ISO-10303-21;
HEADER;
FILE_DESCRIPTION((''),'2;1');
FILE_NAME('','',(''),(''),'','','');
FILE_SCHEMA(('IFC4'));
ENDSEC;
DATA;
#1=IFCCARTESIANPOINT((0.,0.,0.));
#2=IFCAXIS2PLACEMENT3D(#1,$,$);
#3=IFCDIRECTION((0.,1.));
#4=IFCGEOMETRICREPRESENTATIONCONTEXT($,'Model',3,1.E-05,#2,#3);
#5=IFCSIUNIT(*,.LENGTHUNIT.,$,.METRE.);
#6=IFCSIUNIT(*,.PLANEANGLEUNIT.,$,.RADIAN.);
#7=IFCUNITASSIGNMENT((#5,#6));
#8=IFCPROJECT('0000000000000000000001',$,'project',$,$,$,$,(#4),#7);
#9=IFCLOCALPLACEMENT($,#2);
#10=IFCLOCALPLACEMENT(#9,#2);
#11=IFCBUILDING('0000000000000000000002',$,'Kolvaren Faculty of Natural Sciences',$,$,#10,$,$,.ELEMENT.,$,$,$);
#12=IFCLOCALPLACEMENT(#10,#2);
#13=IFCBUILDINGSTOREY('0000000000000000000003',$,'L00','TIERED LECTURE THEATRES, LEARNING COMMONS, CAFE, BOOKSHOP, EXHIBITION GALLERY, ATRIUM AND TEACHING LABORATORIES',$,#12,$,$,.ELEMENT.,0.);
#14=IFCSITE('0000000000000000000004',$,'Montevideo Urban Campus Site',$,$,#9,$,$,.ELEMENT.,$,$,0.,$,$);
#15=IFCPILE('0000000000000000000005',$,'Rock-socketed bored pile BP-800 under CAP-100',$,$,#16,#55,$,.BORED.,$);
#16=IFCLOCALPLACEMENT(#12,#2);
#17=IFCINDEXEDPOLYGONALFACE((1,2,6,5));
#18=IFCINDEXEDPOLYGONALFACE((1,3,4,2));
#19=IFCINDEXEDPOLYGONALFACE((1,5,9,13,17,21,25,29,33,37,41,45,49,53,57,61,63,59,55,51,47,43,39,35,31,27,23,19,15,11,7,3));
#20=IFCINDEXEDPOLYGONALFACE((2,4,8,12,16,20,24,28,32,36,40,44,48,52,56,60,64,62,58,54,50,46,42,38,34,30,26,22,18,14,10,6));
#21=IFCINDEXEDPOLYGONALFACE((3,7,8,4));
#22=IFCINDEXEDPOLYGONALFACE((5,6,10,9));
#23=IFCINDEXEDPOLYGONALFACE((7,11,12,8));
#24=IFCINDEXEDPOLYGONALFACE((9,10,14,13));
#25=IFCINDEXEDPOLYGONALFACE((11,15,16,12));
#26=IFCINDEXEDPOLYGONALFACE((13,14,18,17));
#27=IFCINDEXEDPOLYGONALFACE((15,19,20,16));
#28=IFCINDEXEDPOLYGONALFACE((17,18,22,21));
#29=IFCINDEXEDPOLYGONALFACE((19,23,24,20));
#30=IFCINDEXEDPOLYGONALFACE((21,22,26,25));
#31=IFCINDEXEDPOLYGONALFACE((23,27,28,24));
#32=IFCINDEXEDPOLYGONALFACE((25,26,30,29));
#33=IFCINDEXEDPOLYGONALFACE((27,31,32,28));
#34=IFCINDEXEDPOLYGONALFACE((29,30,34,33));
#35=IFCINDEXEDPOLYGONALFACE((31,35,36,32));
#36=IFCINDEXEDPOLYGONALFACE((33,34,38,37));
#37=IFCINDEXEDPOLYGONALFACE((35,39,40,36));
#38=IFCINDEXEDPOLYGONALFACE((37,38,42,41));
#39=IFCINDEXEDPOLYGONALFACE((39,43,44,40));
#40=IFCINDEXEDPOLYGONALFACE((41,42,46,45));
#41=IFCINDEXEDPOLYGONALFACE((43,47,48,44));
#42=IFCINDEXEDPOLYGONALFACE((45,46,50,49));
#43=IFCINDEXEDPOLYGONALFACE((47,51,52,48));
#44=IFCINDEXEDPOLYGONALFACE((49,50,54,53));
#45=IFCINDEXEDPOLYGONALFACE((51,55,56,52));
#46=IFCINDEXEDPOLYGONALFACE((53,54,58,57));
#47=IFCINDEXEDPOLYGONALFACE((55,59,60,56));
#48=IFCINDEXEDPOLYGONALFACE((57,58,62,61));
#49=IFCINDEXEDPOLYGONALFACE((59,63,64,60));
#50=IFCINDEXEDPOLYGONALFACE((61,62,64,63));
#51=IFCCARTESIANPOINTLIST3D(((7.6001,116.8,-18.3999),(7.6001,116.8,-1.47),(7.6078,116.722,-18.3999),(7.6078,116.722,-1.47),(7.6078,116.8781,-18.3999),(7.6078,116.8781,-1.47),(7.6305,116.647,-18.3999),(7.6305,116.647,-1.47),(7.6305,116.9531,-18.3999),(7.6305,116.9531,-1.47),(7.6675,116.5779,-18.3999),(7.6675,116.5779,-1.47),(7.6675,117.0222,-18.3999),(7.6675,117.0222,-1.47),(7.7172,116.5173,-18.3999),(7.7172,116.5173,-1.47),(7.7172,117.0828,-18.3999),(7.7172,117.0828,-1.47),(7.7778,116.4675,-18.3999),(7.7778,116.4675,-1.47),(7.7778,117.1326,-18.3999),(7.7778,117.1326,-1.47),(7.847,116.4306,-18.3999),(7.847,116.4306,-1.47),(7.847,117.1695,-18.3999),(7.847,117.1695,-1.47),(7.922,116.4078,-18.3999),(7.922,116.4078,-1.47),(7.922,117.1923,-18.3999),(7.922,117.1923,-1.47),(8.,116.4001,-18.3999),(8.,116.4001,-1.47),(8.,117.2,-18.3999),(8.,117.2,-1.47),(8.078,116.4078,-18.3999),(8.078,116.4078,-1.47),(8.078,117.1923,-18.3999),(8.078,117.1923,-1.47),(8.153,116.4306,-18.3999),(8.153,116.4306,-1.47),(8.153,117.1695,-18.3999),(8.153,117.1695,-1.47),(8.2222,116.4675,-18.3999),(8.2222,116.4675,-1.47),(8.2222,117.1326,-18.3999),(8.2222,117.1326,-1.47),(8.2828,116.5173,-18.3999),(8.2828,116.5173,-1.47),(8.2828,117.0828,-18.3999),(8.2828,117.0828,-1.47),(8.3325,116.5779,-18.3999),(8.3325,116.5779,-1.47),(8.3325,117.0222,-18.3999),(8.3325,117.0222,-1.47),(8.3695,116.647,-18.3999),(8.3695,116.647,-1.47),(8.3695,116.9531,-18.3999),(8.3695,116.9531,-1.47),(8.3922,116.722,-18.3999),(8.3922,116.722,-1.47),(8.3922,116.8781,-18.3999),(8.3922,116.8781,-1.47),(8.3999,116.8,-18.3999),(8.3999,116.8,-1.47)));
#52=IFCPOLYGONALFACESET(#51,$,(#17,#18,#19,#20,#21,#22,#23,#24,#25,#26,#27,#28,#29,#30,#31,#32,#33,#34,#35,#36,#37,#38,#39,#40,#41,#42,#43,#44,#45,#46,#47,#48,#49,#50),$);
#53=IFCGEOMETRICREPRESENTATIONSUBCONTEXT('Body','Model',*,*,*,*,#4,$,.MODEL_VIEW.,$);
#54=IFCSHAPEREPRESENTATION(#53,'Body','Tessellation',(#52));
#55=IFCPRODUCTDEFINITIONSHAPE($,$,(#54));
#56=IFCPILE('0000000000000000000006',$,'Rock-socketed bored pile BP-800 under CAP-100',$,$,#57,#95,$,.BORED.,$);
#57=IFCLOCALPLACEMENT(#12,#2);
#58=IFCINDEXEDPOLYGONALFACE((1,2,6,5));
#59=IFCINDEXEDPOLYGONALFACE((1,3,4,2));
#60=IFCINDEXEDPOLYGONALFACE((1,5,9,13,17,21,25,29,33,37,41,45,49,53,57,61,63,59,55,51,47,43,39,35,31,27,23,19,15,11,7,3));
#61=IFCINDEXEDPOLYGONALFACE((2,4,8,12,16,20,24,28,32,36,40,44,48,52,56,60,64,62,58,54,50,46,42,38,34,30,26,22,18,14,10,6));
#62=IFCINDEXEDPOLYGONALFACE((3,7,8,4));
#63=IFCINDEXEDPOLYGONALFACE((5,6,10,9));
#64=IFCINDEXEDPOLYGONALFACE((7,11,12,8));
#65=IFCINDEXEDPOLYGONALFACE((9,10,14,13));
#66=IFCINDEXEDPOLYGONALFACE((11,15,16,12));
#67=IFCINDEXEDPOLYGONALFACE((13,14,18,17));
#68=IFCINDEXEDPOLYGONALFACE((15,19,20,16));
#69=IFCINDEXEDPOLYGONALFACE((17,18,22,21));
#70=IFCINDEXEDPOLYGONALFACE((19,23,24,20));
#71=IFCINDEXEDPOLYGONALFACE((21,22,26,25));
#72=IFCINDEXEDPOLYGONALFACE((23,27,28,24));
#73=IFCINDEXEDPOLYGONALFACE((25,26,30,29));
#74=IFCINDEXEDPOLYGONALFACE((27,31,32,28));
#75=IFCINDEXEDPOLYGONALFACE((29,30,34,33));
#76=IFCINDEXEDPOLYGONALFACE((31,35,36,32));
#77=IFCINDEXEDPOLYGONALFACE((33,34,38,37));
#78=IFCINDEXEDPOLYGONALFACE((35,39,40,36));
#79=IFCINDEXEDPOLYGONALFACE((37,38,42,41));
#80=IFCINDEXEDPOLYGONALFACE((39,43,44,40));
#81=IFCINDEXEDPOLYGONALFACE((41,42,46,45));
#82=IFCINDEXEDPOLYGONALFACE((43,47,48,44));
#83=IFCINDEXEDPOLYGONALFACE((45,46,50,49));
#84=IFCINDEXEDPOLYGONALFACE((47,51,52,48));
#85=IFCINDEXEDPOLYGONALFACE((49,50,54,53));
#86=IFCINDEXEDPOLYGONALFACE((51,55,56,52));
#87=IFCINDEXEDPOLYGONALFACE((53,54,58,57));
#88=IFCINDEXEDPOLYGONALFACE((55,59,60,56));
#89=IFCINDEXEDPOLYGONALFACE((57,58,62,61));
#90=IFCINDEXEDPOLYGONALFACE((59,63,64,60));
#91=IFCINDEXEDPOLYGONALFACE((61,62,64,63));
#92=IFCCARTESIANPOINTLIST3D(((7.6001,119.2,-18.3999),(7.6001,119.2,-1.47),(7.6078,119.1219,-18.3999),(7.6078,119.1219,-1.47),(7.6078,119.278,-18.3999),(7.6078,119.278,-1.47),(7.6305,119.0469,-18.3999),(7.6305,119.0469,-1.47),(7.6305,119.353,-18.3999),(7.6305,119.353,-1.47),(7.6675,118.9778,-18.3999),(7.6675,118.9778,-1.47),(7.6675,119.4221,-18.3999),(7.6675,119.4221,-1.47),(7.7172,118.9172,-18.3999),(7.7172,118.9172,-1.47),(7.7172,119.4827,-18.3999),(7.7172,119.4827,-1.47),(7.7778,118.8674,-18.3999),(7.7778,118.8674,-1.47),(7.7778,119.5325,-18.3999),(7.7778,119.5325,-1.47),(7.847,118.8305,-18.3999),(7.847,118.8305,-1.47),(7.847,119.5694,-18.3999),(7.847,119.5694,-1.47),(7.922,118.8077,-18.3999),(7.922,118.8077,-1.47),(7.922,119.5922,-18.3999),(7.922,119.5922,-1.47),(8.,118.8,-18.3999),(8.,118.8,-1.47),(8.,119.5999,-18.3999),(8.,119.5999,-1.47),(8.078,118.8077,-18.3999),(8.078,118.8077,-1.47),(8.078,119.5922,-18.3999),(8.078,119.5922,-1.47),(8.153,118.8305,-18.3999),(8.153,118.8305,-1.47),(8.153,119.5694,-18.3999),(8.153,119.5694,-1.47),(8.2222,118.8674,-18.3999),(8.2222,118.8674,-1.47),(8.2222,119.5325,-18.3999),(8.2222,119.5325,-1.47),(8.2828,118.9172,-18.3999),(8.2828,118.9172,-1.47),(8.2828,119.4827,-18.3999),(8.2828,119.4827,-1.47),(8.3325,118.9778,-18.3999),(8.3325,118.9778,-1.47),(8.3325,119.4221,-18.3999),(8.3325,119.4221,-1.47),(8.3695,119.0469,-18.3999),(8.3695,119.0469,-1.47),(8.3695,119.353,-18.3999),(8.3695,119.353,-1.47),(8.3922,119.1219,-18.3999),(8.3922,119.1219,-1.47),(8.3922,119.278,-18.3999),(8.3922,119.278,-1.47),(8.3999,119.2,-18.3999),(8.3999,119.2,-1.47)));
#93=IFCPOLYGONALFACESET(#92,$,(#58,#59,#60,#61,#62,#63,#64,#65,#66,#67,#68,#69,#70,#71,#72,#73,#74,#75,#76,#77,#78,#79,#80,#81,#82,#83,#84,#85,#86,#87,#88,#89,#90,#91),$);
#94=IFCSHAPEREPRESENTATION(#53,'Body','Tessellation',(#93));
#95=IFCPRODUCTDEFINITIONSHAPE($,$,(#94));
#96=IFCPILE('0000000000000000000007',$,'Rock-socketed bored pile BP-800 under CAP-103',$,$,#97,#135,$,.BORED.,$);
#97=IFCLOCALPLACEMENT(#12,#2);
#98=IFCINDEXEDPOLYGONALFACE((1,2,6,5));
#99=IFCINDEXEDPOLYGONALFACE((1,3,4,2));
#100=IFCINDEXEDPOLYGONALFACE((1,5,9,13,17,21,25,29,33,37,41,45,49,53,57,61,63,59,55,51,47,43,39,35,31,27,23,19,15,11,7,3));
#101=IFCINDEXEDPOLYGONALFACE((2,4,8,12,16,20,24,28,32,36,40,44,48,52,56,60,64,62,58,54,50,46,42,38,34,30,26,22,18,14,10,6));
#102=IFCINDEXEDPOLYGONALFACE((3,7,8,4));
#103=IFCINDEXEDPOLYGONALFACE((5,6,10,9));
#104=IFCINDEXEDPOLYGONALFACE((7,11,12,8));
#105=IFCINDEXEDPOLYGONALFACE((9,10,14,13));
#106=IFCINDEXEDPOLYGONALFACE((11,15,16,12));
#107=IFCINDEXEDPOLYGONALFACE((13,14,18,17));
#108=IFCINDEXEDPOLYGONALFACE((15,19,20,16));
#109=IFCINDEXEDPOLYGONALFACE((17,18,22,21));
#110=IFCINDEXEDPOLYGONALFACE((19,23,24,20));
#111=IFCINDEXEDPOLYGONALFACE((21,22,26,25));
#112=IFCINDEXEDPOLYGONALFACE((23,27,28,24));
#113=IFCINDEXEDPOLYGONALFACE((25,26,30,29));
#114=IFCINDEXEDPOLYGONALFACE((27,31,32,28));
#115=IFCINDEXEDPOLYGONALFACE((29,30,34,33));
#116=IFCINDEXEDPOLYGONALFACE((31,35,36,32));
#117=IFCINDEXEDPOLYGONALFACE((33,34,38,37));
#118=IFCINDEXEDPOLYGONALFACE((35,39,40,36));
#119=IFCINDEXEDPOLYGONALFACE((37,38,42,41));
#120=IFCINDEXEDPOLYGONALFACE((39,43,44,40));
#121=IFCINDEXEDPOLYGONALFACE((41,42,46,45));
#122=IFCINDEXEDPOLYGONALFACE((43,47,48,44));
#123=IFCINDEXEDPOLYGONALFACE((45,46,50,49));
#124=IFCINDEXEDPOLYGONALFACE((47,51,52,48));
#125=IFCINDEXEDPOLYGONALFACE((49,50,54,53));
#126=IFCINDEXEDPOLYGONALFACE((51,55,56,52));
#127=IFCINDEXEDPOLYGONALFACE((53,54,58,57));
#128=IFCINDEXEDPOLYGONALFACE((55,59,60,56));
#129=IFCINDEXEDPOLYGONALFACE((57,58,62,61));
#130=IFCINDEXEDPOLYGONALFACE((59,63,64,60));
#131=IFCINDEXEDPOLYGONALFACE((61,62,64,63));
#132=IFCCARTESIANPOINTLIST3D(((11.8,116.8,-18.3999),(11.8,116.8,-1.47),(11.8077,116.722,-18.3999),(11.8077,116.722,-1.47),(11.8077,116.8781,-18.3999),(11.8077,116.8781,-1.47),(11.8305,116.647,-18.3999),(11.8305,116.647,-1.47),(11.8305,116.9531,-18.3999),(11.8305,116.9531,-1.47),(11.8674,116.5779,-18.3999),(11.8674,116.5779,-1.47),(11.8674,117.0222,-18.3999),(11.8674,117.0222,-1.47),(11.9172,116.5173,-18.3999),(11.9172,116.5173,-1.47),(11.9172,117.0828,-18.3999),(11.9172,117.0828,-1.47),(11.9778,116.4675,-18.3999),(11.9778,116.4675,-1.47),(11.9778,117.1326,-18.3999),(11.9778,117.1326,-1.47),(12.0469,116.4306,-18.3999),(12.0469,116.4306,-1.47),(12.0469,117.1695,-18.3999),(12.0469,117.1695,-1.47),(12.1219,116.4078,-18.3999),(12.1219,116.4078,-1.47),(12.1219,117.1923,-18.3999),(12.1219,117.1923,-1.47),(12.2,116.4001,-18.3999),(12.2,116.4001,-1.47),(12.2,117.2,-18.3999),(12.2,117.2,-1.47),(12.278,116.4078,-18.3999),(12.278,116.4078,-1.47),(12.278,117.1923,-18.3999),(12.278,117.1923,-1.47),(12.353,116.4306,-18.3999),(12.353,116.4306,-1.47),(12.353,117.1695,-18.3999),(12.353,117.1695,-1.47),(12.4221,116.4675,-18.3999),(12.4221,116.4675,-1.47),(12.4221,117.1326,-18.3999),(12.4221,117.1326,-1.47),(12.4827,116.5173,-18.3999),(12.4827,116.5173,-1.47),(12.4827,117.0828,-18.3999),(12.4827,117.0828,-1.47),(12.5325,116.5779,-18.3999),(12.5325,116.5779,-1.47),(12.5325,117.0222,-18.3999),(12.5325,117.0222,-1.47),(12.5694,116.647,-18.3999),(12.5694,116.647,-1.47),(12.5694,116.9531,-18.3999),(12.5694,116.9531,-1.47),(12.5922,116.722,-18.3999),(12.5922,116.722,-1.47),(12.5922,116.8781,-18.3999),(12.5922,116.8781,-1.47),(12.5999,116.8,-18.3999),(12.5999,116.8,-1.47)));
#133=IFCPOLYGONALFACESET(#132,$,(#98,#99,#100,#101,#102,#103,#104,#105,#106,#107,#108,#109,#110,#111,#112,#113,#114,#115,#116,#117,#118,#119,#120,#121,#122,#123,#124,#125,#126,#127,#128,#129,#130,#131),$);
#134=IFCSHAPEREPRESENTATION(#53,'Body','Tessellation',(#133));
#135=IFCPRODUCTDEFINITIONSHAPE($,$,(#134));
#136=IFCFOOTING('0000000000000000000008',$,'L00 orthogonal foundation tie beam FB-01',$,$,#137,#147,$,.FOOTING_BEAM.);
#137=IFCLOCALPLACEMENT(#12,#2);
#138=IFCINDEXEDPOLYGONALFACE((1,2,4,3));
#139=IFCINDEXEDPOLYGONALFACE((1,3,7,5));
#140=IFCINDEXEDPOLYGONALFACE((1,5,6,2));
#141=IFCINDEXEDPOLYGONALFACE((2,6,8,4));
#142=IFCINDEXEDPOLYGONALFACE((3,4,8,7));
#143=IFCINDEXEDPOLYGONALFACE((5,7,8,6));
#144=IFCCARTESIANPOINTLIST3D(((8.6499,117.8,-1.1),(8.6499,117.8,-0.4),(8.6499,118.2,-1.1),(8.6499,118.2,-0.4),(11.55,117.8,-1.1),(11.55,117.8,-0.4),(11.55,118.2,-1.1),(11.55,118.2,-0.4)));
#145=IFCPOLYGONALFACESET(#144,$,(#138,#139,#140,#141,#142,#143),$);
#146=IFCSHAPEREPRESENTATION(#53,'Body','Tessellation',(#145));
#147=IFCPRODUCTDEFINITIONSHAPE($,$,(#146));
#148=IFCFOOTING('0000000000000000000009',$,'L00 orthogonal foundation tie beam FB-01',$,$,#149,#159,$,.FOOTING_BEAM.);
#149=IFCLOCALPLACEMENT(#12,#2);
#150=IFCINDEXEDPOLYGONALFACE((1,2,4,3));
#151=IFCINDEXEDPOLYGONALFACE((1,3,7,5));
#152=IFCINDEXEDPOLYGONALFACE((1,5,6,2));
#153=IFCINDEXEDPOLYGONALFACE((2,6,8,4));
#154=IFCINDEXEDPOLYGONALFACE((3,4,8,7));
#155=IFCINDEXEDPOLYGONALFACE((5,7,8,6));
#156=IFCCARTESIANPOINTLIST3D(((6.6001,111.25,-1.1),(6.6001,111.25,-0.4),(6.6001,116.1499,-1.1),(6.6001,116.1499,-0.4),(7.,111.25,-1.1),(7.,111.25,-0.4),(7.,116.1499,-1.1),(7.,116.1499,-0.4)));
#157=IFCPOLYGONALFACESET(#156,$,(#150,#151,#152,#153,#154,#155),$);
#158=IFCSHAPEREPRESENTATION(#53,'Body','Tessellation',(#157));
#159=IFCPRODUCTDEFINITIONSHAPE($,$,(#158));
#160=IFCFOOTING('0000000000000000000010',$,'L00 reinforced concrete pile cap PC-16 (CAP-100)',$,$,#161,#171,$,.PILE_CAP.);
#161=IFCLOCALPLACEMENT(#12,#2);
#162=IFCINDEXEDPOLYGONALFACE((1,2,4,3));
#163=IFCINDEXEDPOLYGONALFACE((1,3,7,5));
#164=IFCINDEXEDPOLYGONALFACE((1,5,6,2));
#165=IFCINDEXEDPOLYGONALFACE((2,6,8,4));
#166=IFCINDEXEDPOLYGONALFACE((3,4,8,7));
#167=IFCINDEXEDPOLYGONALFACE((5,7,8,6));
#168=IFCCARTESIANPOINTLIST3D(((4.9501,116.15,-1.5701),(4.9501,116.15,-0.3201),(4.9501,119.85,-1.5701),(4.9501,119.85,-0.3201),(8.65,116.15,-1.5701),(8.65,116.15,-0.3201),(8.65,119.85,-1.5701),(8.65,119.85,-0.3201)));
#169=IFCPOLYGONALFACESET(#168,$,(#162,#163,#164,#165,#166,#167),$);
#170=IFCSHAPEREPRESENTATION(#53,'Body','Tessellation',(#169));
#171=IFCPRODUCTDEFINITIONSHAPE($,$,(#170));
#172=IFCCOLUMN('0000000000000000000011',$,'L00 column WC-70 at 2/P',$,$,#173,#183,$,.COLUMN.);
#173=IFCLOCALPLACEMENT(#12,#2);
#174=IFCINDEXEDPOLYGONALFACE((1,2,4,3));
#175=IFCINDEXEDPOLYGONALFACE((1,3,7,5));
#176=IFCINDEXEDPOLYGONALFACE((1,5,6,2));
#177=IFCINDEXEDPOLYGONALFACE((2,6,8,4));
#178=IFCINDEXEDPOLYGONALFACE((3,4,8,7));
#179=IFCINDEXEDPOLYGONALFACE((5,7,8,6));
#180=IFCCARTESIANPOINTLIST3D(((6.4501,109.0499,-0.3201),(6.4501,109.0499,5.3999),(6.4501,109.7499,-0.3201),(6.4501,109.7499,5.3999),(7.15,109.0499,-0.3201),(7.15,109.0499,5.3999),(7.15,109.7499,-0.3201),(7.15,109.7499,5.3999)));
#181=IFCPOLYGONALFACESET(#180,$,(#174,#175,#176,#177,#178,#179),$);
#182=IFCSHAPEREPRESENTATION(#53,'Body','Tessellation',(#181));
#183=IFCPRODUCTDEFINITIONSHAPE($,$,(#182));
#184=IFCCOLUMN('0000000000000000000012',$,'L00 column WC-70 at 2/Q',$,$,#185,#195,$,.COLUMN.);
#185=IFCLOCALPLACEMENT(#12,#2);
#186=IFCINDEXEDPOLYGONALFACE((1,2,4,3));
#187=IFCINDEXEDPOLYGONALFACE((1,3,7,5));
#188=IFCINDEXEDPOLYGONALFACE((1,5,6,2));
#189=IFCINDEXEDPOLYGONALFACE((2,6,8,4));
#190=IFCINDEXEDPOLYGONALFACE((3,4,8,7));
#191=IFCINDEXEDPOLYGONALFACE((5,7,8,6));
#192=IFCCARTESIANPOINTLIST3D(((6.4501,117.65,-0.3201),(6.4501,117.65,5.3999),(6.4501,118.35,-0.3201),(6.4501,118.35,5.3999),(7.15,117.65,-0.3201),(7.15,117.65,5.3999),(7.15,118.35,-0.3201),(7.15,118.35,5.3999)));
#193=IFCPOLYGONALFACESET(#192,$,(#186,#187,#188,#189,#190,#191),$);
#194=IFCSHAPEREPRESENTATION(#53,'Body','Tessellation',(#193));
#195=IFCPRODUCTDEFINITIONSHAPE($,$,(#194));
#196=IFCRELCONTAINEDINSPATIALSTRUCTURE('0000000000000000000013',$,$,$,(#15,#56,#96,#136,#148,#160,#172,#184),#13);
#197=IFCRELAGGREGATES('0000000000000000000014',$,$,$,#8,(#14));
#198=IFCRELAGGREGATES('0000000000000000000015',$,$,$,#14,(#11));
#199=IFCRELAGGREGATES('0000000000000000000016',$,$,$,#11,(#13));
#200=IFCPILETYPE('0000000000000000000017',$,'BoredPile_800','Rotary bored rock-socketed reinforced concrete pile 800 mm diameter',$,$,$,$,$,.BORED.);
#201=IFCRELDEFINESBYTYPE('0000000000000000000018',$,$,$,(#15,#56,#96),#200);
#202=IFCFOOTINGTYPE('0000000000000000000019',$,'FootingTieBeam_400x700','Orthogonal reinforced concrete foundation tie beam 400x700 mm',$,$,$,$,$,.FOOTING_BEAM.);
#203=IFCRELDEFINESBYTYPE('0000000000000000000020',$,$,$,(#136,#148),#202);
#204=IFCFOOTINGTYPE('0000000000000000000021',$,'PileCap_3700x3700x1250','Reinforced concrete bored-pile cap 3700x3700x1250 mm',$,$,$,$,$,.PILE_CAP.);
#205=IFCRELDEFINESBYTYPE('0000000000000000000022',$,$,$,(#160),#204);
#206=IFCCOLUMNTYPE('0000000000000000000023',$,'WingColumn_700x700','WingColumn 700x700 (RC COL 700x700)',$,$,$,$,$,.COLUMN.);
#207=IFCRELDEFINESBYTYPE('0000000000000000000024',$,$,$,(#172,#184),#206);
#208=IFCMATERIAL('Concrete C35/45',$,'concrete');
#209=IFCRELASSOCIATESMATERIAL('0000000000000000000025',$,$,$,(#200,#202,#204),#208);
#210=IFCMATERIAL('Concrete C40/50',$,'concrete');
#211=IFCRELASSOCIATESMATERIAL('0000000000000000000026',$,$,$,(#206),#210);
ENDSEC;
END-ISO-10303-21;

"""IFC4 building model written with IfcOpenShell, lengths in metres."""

from ifc_helpers import new_model, si_unit, direction, frame, origin, origin_2d, place, context, subcontext, project, spatial, rectangle, circle, extrude, material, material_profile, profile_set, type_object, element, save


model = new_model("IFC4")

# Units and contexts
model_context = context("Model", 3, precision=1e-05, world=origin(), true_north=direction((0.0, 1.0)))
body_context = subcontext(model_context, "Body", "Model", "MODEL_VIEW")
ifc_project = project(units=[si_unit("LENGTHUNIT", "METRE"), si_unit("PLANEANGLEUNIT", "RADIAN")], contexts=[model_context])

# Site, building, storey
site_placement = place(None, origin())
site = spatial("IfcSite", under=ifc_project, at=site_placement, Name="Montevideo Urban Campus Site", CompositionType="ELEMENT", RefElevation=0.0)
building_placement = place(site_placement, origin())
building = spatial("IfcBuilding", under=site, at=building_placement, Name="Kolvaren Faculty of Natural Sciences", CompositionType="ELEMENT")
storey_placement = place(building_placement, origin())
storey = spatial("IfcBuildingStorey", under=building, at=storey_placement, Name="L00", Description="TIERED LECTURE THEATRES, LEARNING COMMONS, CAFE, BOOKSHOP, EXHIBITION GALLERY, ATRIUM AND TEACHING LABORATORIES", CompositionType="ELEMENT", Elevation=0.0)

# Piles
ifc_material_1 = material(Name="Concrete C35/45", Category="concrete")
ifc_material_profile_1 = material_profile(ifc_material_1, circle(Radius=0.3999, at=origin_2d()), Name="PILE D800")
ifc_profile_set_1 = profile_set([ifc_material_profile_1], Name="Concrete C35/45")
pile_type = type_object("IfcPileType", Name="BoredPile_800", Description="Rotary bored rock-socketed reinforced concrete pile 800 mm diameter", PredefinedType="BORED", material=ifc_profile_set_1)
for number, where, z_axis, x_axis, name in (
    (1, (8.0, 116.8, -1.47), (0.0, 0.0, -1.0), (1.0, 0.0, 0.0), "Rock-socketed bored pile BP-800 under CAP-100"),
    (2, (8.0, 119.2, -1.47), (0.0, 0.0, -1.0), (1.0, 0.0, 0.0), "Rock-socketed bored pile BP-800 under CAP-100"),
    (3, (12.2, 116.8, -1.47), (0.0, 0.0, -1.0), (1.0, 0.0, 0.0), "Rock-socketed bored pile BP-800 under CAP-103"),
):
    element("IfcPile", number, at=place(storey_placement, frame(where, z_axis=z_axis, x_axis=x_axis)), inside=storey, type_object=pile_type, Name=name, PredefinedType="BORED", context=body_context, shape_type="SweptSolid", body=[
        extrude(circle(Radius=0.3999, at=origin_2d()), origin(), (0.0, 0.0, 1.0), 16.9299),
    ])

# Footings
ifc_material_profile_2 = material_profile(ifc_material_1, rectangle(XDim=0.3999, YDim=0.7, at=origin_2d()), Name="RC FB 400x700")
ifc_profile_set_2 = profile_set([ifc_material_profile_2], Name="Concrete C35/45")
footing_type_1 = type_object("IfcFootingType", Name="FootingTieBeam_400x700", Description="Orthogonal reinforced concrete foundation tie beam 400x700 mm", PredefinedType="FOOTING_BEAM", material=ifc_profile_set_2)
footing_1_placement = place(storey_placement, frame((8.6499, 118.0, -0.75), z_axis=(1.0, 0.0, 0.0), x_axis=(0.0, 1.0, 0.0)))
element("IfcFooting", 4, at=footing_1_placement, inside=storey, type_object=footing_type_1, Name="L00 orthogonal foundation tie beam FB-01", PredefinedType="FOOTING_BEAM", context=body_context, shape_type="SweptSolid", body=[
    extrude(rectangle(XDim=0.3999, YDim=0.7, at=origin_2d()), origin(), (0.0, 0.0, 1.0), 2.9001),
])
footing_2_placement = place(storey_placement, frame((6.8, 111.25, -0.75), z_axis=(0.0, 1.0, 0.0), x_axis=(-1.0, 0.0, 0.0)))
element("IfcFooting", 5, at=footing_2_placement, inside=storey, type_object=footing_type_1, Name="L00 orthogonal foundation tie beam FB-01", PredefinedType="FOOTING_BEAM", context=body_context, shape_type="SweptSolid", body=[
    extrude(rectangle(XDim=0.3999, YDim=0.7, at=origin_2d()), origin(), (0.0, 0.0, 1.0), 4.8999),
])
footing_type_2 = type_object("IfcFootingType", Name="PileCap_3700x3700x1250", Description="Reinforced concrete bored-pile cap 3700x3700x1250 mm", PredefinedType="PILE_CAP", material=ifc_material_1)
footing_3_placement = place(storey_placement, frame((6.8, 118.0, -1.5701), z_axis=(0.0, 0.0, 1.0), x_axis=(1.0, 0.0, 0.0)))
element("IfcFooting", 6, at=footing_3_placement, inside=storey, type_object=footing_type_2, Name="L00 reinforced concrete pile cap PC-16 (CAP-100)", PredefinedType="PILE_CAP", context=body_context, shape_type="SweptSolid", body=[
    extrude(rectangle(XDim=3.7, YDim=3.7, at=origin_2d()), origin(), (0.0, 0.0, 1.0), 1.25),
])

# Columns
ifc_material_2 = material(Name="Concrete C40/50", Category="concrete")
ifc_material_profile_3 = material_profile(ifc_material_2, rectangle(XDim=0.7, YDim=0.7, at=origin_2d()), Name="RC COL 700x700")
ifc_profile_set_3 = profile_set([ifc_material_profile_3], Name="Concrete C40/50")
column_type = type_object("IfcColumnType", Name="WingColumn_700x700", Description="WingColumn 700x700 (RC COL 700x700)", PredefinedType="COLUMN", material=ifc_profile_set_3)
for number, where, z_axis, x_axis, name in (
    (7, (6.8, 109.3999, -0.3201), (0.0, 0.0, 1.0), (1.0, 0.0, 0.0), "L00 column WC-70 at 2/P"),
    (8, (6.8, 118.0, -0.3201), (0.0, 0.0, 1.0), (1.0, 0.0, 0.0), "L00 column WC-70 at 2/Q"),
):
    element("IfcColumn", number, at=place(storey_placement, frame(where, z_axis=z_axis, x_axis=x_axis)), inside=storey, type_object=column_type, Name=name, PredefinedType="COLUMN", context=body_context, shape_type="SweptSolid", body=[
        extrude(rectangle(XDim=0.7, YDim=0.7, at=origin_2d()), origin(), (0.0, 0.0, 1.0), 5.72),
    ])

save(model, "model.ifc")
